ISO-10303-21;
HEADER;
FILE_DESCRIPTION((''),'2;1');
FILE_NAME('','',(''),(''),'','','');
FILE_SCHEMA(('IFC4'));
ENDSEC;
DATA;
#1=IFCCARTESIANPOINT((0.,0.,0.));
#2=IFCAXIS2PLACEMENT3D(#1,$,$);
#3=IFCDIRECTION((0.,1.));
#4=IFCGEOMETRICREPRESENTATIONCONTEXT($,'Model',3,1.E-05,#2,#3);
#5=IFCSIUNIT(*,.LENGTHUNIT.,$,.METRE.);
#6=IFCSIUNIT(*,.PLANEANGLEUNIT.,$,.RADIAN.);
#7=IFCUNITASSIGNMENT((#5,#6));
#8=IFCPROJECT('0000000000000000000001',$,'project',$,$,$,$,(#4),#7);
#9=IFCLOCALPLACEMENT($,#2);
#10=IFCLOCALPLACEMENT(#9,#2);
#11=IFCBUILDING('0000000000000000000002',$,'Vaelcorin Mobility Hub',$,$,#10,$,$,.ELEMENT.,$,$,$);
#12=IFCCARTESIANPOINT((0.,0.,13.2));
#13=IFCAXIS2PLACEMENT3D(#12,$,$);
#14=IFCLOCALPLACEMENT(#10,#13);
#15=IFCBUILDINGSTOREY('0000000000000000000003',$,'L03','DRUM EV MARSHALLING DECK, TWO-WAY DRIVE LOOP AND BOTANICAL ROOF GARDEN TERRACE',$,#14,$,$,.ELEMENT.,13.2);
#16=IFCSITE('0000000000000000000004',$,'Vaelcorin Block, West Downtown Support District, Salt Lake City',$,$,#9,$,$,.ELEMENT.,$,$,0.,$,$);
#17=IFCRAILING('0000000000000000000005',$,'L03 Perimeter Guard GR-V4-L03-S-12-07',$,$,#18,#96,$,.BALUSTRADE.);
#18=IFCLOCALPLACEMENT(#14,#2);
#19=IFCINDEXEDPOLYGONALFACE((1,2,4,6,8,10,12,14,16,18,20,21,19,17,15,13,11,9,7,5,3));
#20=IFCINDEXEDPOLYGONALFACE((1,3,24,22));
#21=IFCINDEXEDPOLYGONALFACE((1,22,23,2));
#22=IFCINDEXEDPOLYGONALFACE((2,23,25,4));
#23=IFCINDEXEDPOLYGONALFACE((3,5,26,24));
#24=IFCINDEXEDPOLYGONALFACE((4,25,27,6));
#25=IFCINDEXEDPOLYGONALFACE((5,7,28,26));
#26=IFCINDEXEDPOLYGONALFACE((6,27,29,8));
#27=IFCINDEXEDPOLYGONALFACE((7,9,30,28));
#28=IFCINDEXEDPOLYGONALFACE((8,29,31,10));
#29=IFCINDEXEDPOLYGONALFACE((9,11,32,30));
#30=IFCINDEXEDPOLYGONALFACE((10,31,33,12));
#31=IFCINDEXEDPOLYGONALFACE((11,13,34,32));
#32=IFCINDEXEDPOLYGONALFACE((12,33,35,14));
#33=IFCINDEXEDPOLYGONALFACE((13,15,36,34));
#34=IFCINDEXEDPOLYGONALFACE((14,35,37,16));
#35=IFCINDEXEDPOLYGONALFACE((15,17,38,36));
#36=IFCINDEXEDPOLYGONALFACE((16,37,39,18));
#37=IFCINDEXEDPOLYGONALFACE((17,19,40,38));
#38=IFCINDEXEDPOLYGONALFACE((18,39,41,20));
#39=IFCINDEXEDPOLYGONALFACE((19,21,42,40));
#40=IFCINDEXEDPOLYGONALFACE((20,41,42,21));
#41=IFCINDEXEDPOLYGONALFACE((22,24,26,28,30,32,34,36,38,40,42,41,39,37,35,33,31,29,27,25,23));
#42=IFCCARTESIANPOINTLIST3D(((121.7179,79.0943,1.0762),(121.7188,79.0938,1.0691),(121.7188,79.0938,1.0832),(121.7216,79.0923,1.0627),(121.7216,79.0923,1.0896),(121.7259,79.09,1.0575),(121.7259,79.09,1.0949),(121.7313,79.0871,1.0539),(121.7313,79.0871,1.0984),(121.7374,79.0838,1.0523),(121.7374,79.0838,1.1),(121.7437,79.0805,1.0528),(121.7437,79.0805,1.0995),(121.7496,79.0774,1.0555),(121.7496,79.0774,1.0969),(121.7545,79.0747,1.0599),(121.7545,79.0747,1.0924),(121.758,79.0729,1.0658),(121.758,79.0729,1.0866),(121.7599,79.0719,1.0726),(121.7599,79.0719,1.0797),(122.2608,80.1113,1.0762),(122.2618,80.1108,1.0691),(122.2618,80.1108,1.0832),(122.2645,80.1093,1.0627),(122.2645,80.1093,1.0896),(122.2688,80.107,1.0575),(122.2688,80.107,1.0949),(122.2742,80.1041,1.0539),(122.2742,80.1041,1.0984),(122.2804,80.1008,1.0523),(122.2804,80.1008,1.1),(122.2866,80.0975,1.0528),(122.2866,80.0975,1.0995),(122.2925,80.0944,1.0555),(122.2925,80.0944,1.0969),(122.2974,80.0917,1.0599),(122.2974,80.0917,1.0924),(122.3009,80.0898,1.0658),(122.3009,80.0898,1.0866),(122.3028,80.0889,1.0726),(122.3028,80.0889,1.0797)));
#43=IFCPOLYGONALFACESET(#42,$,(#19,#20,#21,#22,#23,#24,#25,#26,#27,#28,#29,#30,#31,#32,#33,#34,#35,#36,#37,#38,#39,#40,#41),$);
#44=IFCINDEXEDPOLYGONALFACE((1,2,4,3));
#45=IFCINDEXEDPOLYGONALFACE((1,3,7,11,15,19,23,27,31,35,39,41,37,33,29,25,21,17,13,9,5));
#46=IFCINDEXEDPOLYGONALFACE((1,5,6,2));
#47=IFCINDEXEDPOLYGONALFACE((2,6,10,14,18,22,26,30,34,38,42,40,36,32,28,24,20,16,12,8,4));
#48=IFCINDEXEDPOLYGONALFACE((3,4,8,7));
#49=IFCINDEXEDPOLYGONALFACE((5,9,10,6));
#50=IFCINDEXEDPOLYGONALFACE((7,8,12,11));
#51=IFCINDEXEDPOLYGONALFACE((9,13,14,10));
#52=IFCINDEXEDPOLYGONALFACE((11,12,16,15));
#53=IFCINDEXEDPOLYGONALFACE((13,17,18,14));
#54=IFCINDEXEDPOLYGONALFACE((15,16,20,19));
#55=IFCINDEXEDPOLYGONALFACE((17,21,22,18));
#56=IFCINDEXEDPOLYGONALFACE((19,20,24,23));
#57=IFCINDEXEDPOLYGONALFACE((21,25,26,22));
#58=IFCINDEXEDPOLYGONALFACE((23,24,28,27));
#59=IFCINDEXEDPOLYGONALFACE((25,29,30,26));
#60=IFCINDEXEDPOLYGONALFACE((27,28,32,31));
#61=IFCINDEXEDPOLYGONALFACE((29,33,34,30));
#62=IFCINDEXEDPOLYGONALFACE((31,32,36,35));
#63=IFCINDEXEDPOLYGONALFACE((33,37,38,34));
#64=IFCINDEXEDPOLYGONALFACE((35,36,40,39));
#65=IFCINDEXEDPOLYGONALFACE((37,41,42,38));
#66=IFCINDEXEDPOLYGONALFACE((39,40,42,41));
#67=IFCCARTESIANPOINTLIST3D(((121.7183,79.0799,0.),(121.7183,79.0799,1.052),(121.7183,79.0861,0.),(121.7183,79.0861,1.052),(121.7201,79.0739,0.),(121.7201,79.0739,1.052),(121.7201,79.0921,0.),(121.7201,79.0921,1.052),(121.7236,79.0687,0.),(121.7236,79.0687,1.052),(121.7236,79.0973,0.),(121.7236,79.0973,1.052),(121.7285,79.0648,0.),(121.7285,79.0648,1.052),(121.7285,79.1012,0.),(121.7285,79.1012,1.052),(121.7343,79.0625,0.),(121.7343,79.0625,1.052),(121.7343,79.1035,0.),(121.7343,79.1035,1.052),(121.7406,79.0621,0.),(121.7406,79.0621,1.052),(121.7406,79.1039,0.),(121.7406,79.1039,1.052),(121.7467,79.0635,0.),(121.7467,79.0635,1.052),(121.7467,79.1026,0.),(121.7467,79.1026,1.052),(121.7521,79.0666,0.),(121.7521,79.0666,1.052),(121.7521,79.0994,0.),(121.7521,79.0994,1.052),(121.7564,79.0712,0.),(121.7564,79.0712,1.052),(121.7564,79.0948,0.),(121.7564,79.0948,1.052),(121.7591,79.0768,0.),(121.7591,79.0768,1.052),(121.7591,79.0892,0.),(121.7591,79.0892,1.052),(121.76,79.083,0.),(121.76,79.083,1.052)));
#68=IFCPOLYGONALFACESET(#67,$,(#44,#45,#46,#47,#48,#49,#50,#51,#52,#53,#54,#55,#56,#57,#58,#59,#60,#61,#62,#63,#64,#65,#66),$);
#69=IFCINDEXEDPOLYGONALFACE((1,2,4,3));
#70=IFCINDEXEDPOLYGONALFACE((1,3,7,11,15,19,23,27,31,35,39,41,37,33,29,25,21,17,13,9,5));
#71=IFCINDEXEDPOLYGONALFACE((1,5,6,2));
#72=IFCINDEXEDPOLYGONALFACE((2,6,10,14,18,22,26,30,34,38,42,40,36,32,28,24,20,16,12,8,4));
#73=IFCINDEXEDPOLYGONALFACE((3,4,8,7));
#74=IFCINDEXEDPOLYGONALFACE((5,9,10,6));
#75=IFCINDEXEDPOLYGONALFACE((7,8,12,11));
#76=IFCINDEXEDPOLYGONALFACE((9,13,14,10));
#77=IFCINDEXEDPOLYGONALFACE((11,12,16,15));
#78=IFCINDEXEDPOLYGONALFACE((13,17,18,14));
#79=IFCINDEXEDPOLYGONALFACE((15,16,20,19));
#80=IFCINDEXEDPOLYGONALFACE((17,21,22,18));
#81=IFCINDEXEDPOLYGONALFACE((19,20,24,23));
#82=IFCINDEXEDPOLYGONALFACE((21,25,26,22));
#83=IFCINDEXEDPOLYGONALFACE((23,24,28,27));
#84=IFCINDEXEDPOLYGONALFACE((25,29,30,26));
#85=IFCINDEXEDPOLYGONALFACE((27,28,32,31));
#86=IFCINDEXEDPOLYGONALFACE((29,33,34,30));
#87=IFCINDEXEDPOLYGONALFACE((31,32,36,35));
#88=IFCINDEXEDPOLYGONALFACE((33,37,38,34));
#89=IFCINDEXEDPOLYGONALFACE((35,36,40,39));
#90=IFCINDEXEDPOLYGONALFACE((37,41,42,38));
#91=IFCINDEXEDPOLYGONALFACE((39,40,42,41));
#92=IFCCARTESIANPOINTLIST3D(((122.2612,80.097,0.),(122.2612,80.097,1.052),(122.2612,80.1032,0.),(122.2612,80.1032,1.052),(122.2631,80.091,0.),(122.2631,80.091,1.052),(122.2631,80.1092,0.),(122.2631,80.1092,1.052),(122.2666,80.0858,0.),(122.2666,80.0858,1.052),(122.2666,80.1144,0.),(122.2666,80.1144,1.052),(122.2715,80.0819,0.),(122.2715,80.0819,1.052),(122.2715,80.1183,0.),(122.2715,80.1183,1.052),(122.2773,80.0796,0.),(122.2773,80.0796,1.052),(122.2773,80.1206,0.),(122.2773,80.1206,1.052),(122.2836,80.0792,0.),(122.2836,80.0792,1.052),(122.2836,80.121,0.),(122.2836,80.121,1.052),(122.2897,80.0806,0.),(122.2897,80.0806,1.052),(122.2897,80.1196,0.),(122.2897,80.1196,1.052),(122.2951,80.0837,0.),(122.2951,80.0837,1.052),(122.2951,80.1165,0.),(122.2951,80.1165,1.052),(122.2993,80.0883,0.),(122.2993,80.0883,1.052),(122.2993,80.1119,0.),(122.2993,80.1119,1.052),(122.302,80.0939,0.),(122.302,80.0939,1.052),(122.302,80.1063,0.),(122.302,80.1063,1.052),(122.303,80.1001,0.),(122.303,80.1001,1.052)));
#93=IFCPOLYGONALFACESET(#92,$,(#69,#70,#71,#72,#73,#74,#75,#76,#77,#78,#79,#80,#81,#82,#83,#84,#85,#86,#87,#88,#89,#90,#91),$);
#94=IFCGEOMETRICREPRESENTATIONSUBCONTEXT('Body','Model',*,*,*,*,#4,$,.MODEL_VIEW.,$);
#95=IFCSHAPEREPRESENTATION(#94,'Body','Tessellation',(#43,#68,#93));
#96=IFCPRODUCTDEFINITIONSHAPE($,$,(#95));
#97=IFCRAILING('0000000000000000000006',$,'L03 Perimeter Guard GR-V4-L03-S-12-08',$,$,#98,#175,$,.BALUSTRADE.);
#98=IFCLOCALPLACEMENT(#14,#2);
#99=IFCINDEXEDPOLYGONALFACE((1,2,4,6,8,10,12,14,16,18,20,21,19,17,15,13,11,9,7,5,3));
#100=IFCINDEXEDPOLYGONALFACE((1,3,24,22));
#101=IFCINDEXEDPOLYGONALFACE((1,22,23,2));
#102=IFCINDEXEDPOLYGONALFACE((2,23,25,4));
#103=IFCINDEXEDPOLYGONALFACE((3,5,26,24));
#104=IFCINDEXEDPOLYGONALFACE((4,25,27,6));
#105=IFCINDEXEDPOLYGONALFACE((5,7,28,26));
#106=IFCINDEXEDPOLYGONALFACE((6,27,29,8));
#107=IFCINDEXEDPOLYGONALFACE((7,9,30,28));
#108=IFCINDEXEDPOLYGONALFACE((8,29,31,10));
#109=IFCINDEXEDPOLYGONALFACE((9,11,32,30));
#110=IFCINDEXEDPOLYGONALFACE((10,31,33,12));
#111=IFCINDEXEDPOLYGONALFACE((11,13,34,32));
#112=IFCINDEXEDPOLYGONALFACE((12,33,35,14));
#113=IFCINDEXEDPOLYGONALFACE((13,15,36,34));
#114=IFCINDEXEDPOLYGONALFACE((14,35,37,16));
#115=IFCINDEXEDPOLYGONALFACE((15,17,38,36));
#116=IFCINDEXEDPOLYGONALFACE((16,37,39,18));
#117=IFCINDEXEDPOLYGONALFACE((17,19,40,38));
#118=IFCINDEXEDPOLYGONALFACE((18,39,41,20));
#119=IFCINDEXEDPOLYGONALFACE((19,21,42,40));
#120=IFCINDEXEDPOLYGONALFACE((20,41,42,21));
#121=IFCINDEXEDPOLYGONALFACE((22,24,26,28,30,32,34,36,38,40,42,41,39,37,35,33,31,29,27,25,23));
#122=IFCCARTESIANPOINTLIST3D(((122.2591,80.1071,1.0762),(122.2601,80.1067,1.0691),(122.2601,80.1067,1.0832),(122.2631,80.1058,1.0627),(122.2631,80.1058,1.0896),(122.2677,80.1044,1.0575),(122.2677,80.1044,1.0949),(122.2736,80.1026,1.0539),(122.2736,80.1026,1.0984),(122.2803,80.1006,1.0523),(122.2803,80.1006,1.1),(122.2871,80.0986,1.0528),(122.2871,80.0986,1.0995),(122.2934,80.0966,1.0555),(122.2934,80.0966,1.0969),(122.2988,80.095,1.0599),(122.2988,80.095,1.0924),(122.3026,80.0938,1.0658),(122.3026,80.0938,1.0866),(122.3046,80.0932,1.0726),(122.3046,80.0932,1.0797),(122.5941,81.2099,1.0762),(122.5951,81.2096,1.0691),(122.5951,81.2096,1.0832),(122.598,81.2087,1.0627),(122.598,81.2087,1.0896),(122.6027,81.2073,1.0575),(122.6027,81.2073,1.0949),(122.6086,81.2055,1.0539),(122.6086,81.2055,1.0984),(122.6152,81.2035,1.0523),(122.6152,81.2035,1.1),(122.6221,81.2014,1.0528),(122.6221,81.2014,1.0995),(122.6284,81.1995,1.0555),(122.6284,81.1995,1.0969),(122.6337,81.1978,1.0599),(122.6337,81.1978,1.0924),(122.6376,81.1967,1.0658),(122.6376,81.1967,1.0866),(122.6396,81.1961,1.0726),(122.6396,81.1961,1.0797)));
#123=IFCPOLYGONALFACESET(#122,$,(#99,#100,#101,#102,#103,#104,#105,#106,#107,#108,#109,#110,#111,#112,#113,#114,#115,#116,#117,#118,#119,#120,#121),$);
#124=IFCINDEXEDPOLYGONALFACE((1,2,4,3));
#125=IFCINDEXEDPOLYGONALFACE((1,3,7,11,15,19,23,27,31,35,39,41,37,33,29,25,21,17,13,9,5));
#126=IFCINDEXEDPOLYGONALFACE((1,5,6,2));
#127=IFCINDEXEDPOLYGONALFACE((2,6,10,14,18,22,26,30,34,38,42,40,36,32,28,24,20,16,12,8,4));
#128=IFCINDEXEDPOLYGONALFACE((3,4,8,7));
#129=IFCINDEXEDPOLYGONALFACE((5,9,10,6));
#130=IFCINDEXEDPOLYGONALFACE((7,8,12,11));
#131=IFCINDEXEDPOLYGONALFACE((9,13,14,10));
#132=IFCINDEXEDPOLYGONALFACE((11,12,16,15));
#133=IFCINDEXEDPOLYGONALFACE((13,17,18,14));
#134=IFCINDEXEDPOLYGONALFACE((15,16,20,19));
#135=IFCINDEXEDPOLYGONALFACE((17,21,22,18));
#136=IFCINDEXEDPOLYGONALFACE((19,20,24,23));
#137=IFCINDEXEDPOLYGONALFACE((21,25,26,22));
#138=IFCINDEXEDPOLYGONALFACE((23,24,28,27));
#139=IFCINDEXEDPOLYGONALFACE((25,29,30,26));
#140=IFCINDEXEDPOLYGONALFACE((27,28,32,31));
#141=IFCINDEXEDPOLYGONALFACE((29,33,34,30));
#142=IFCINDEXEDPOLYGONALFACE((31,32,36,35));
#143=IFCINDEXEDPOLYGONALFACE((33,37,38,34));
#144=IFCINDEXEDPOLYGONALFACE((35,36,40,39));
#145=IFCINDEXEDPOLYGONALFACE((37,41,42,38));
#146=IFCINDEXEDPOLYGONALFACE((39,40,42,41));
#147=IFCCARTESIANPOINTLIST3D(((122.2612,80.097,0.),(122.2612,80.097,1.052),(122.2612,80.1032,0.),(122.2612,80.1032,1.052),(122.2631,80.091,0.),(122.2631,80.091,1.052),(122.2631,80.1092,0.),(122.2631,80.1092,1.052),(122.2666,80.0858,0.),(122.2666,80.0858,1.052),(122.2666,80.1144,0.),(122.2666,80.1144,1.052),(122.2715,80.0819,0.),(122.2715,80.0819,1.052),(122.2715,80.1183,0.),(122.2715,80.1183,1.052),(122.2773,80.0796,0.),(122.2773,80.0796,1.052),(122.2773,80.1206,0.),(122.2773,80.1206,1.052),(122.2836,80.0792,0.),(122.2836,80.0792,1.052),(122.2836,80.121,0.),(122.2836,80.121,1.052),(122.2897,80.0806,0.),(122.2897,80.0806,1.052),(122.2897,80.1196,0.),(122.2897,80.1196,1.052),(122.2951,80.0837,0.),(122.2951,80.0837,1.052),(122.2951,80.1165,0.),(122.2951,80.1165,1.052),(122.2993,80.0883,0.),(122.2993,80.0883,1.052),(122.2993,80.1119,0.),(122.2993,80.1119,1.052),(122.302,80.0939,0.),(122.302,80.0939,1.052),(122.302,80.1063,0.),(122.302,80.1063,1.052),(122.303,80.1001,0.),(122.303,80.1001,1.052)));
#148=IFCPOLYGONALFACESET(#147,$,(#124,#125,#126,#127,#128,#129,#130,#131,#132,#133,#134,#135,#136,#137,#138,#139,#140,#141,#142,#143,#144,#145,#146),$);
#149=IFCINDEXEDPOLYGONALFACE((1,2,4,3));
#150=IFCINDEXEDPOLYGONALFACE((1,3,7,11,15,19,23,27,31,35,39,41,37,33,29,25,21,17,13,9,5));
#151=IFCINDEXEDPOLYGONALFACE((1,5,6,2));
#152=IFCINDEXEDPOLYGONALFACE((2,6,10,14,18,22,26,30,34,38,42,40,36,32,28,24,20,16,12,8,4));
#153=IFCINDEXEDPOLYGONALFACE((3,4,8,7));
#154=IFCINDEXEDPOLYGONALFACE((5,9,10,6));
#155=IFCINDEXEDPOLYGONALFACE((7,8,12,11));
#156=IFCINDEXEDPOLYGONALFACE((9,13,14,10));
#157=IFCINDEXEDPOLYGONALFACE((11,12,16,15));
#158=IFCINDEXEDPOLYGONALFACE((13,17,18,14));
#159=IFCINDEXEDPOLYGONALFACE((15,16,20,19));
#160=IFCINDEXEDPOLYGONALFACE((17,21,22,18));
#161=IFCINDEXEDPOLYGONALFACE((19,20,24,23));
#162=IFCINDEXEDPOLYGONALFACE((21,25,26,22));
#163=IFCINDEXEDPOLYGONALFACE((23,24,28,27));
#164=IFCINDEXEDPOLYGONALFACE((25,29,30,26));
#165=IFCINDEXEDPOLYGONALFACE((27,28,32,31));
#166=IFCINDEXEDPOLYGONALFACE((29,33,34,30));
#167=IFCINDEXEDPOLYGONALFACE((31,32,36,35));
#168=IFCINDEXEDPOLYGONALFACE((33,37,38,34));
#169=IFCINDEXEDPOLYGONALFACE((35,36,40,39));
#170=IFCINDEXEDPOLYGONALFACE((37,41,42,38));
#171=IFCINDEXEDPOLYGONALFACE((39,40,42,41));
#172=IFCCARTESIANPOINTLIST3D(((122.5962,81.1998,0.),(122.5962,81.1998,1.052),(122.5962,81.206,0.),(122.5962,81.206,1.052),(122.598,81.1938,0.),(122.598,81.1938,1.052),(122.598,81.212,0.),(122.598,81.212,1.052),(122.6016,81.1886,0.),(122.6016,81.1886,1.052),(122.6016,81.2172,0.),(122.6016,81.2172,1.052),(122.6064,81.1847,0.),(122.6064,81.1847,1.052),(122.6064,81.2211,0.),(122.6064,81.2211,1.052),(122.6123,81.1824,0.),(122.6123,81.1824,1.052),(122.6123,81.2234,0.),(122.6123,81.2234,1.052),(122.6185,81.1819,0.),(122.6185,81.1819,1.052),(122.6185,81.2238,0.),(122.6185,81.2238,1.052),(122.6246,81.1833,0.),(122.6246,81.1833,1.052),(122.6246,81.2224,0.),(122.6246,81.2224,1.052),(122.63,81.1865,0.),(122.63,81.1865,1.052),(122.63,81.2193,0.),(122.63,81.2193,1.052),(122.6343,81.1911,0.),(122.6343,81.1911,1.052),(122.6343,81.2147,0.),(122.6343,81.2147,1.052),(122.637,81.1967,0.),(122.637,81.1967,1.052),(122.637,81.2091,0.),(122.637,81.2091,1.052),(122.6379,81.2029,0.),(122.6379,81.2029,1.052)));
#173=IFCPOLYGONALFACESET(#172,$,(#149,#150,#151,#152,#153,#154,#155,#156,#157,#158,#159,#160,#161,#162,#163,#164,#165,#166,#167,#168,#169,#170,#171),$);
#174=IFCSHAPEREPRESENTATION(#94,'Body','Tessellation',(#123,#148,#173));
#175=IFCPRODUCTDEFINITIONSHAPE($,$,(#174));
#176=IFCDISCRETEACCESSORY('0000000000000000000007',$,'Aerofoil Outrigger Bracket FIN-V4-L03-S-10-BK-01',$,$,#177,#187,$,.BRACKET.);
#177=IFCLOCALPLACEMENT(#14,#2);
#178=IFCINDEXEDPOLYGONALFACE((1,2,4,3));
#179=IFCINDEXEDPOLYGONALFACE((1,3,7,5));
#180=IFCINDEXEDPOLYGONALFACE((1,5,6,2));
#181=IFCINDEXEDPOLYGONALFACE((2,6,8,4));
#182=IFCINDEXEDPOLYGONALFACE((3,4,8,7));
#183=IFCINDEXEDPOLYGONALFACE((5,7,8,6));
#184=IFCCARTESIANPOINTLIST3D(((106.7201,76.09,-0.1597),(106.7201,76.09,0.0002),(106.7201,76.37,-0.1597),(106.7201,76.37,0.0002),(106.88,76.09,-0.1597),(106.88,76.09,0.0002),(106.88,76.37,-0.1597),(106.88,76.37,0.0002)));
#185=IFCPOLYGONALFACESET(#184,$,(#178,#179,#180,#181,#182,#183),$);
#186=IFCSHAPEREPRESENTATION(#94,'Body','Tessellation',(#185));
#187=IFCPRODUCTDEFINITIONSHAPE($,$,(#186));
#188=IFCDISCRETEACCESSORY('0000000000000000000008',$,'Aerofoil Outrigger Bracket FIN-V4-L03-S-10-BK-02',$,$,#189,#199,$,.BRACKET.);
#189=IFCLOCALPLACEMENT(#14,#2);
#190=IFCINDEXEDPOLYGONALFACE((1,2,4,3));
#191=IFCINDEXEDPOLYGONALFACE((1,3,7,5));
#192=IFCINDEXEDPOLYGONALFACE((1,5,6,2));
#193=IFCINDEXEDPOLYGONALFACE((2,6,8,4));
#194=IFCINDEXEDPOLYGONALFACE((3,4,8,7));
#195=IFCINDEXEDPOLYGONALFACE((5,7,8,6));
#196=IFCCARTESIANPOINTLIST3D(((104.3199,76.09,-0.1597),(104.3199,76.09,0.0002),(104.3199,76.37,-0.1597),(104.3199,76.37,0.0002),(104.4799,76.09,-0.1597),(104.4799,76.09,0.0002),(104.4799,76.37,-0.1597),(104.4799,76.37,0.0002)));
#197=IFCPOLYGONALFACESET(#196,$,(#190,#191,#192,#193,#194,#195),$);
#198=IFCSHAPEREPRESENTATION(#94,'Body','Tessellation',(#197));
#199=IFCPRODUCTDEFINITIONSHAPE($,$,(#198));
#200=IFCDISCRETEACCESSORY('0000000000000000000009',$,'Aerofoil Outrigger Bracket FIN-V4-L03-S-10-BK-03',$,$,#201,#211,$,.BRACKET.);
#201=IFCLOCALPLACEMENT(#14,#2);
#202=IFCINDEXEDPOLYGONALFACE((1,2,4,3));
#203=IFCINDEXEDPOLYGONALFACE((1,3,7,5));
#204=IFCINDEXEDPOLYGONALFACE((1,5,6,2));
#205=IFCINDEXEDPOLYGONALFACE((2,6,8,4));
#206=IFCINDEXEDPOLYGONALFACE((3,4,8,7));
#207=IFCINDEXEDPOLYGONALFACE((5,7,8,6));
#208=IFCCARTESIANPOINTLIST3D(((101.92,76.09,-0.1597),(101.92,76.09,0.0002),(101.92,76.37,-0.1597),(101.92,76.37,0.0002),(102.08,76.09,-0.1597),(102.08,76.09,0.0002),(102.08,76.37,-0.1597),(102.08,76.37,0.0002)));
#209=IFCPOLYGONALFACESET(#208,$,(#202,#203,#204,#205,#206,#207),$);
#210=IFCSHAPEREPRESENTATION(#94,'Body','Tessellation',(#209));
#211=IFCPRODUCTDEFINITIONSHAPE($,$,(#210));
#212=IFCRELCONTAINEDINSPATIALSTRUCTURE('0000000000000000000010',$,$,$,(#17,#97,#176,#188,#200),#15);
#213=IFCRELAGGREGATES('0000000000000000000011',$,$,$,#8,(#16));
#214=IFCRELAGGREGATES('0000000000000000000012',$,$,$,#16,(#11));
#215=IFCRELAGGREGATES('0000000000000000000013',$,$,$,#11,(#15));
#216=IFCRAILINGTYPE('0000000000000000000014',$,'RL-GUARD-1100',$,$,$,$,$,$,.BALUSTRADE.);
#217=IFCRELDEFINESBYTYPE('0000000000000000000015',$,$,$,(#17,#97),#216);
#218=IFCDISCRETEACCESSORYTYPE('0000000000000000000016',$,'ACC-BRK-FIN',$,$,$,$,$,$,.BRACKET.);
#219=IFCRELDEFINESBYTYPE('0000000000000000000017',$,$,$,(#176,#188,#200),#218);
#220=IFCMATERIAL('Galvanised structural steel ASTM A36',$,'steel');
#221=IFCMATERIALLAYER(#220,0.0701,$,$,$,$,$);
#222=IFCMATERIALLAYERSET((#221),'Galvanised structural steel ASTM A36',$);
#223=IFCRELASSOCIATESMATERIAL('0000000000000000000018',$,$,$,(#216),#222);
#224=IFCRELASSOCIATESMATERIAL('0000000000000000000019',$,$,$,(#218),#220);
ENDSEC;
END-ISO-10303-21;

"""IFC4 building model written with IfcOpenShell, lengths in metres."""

from ifc_helpers import new_model, si_unit, direction, frame, origin, origin_2d, place, context, subcontext, project, spatial, rectangle, circle, extrude, material, layer, layer_set, type_object, element, save


model = new_model("IFC4")

# Units and contexts
model_context = context("Model", 3, precision=1e-05, world=origin(), true_north=direction((0.0, 1.0)))
body_context = subcontext(model_context, "Body", "Model", "MODEL_VIEW")
ifc_project = project(units=[si_unit("LENGTHUNIT", "METRE"), si_unit("PLANEANGLEUNIT", "RADIAN")], contexts=[model_context])

# Site, building, storey
site_placement = place(None, origin())
site = spatial("IfcSite", under=ifc_project, at=site_placement, Name="Vaelcorin Block, West Downtown Support District, Salt Lake City", CompositionType="ELEMENT", RefElevation=0.0)
building_placement = place(site_placement, origin())
building = spatial("IfcBuilding", under=site, at=building_placement, Name="Vaelcorin Mobility Hub", CompositionType="ELEMENT")
storey_placement = place(building_placement, frame((0.0, 0.0, 13.2)))
storey = spatial("IfcBuildingStorey", under=building, at=storey_placement, Name="L03", Description="DRUM EV MARSHALLING DECK, TWO-WAY DRIVE LOOP AND BOTANICAL ROOF GARDEN TERRACE", CompositionType="ELEMENT", Elevation=13.2)

# Railings
ifc_material_1 = material(Name="Galvanised structural steel ASTM A36", Category="steel")
ifc_layer_1 = layer(ifc_material_1, 0.0701)
ifc_layer_set_1 = layer_set([ifc_layer_1], Name="Galvanised structural steel ASTM A36")
railing_type = type_object("IfcRailingType", Name="RL-GUARD-1100", PredefinedType="BALUSTRADE", material=ifc_layer_set_1)
railing_1_placement = place(storey_placement, frame((121.739, 79.083, 0.0)))
element("IfcRailing", 1, at=railing_1_placement, inside=storey, type_object=railing_type, Name="L03 Perimeter Guard GR-V4-L03-S-12-07", PredefinedType="BALUSTRADE", context=body_context, shape_type="SweptSolid", body=[
    extrude(circle(Radius=0.0239, at=origin_2d()), frame((0.0, 0.0, 1.0762), z_axis=(0.47094, 0.882165, 0.0), x_axis=(-0.882165, 0.47094, 0.0)), (0.0, 0.0, 1.0), 1.1528),
    extrude(circle(Radius=0.021, at=origin_2d()), origin(), (0.0, 0.0, 1.0), 1.052),
    extrude(circle(Radius=0.021, at=origin_2d()), frame((0.543, 1.0171, 0.0)), (0.0, 0.0, 1.0), 1.052),
])
railing_2_placement = place(storey_placement, frame((122.282, 80.1001, 0.0)))
element("IfcRailing", 2, at=railing_2_placement, inside=storey, type_object=railing_type, Name="L03 Perimeter Guard GR-V4-L03-S-12-08", PredefinedType="BALUSTRADE", context=body_context, shape_type="SweptSolid", body=[
    extrude(circle(Radius=0.0239, at=origin_2d()), frame((0.0, 0.0, 1.0762), z_axis=(0.290631, 0.956835, 0.0), x_axis=(-0.956835, 0.290631, 0.0)), (0.0, 0.0, 1.0), 1.1526),
    extrude(circle(Radius=0.021, at=origin_2d()), origin(), (0.0, 0.0, 1.0), 1.052),
    extrude(circle(Radius=0.021, at=origin_2d()), frame((0.335, 1.1028, 0.0)), (0.0, 0.0, 1.0), 1.052),
])

# Discrete accessories
discrete_accessory_type = type_object("IfcDiscreteAccessoryType", Name="ACC-BRK-FIN", PredefinedType="BRACKET", material=ifc_material_1)
for number, where, z_axis, x_axis, name in (
    (3, (106.8, 76.23, -0.1597), (0.0, 0.0, 1.0), (0.0, -1.0, 0.0), "Aerofoil Outrigger Bracket FIN-V4-L03-S-10-BK-01"),
    (4, (104.3999, 76.23, -0.1597), (0.0, 0.0, 1.0), (0.0, -1.0, 0.0), "Aerofoil Outrigger Bracket FIN-V4-L03-S-10-BK-02"),
    (5, (102.0, 76.23, -0.1597), (0.0, 0.0, 1.0), (0.0, -1.0, 0.0), "Aerofoil Outrigger Bracket FIN-V4-L03-S-10-BK-03"),
):
    element("IfcDiscreteAccessory", number, at=place(storey_placement, frame(where, z_axis=z_axis, x_axis=x_axis)), inside=storey, type_object=discrete_accessory_type, Name=name, PredefinedType="BRACKET", context=body_context, shape_type="SweptSolid", body=[
        extrude(rectangle(XDim=0.28, YDim=0.1599, at=origin_2d()), origin(), (0.0, 0.0, 1.0), 0.1599),
    ])

save(model, "model.ifc")
